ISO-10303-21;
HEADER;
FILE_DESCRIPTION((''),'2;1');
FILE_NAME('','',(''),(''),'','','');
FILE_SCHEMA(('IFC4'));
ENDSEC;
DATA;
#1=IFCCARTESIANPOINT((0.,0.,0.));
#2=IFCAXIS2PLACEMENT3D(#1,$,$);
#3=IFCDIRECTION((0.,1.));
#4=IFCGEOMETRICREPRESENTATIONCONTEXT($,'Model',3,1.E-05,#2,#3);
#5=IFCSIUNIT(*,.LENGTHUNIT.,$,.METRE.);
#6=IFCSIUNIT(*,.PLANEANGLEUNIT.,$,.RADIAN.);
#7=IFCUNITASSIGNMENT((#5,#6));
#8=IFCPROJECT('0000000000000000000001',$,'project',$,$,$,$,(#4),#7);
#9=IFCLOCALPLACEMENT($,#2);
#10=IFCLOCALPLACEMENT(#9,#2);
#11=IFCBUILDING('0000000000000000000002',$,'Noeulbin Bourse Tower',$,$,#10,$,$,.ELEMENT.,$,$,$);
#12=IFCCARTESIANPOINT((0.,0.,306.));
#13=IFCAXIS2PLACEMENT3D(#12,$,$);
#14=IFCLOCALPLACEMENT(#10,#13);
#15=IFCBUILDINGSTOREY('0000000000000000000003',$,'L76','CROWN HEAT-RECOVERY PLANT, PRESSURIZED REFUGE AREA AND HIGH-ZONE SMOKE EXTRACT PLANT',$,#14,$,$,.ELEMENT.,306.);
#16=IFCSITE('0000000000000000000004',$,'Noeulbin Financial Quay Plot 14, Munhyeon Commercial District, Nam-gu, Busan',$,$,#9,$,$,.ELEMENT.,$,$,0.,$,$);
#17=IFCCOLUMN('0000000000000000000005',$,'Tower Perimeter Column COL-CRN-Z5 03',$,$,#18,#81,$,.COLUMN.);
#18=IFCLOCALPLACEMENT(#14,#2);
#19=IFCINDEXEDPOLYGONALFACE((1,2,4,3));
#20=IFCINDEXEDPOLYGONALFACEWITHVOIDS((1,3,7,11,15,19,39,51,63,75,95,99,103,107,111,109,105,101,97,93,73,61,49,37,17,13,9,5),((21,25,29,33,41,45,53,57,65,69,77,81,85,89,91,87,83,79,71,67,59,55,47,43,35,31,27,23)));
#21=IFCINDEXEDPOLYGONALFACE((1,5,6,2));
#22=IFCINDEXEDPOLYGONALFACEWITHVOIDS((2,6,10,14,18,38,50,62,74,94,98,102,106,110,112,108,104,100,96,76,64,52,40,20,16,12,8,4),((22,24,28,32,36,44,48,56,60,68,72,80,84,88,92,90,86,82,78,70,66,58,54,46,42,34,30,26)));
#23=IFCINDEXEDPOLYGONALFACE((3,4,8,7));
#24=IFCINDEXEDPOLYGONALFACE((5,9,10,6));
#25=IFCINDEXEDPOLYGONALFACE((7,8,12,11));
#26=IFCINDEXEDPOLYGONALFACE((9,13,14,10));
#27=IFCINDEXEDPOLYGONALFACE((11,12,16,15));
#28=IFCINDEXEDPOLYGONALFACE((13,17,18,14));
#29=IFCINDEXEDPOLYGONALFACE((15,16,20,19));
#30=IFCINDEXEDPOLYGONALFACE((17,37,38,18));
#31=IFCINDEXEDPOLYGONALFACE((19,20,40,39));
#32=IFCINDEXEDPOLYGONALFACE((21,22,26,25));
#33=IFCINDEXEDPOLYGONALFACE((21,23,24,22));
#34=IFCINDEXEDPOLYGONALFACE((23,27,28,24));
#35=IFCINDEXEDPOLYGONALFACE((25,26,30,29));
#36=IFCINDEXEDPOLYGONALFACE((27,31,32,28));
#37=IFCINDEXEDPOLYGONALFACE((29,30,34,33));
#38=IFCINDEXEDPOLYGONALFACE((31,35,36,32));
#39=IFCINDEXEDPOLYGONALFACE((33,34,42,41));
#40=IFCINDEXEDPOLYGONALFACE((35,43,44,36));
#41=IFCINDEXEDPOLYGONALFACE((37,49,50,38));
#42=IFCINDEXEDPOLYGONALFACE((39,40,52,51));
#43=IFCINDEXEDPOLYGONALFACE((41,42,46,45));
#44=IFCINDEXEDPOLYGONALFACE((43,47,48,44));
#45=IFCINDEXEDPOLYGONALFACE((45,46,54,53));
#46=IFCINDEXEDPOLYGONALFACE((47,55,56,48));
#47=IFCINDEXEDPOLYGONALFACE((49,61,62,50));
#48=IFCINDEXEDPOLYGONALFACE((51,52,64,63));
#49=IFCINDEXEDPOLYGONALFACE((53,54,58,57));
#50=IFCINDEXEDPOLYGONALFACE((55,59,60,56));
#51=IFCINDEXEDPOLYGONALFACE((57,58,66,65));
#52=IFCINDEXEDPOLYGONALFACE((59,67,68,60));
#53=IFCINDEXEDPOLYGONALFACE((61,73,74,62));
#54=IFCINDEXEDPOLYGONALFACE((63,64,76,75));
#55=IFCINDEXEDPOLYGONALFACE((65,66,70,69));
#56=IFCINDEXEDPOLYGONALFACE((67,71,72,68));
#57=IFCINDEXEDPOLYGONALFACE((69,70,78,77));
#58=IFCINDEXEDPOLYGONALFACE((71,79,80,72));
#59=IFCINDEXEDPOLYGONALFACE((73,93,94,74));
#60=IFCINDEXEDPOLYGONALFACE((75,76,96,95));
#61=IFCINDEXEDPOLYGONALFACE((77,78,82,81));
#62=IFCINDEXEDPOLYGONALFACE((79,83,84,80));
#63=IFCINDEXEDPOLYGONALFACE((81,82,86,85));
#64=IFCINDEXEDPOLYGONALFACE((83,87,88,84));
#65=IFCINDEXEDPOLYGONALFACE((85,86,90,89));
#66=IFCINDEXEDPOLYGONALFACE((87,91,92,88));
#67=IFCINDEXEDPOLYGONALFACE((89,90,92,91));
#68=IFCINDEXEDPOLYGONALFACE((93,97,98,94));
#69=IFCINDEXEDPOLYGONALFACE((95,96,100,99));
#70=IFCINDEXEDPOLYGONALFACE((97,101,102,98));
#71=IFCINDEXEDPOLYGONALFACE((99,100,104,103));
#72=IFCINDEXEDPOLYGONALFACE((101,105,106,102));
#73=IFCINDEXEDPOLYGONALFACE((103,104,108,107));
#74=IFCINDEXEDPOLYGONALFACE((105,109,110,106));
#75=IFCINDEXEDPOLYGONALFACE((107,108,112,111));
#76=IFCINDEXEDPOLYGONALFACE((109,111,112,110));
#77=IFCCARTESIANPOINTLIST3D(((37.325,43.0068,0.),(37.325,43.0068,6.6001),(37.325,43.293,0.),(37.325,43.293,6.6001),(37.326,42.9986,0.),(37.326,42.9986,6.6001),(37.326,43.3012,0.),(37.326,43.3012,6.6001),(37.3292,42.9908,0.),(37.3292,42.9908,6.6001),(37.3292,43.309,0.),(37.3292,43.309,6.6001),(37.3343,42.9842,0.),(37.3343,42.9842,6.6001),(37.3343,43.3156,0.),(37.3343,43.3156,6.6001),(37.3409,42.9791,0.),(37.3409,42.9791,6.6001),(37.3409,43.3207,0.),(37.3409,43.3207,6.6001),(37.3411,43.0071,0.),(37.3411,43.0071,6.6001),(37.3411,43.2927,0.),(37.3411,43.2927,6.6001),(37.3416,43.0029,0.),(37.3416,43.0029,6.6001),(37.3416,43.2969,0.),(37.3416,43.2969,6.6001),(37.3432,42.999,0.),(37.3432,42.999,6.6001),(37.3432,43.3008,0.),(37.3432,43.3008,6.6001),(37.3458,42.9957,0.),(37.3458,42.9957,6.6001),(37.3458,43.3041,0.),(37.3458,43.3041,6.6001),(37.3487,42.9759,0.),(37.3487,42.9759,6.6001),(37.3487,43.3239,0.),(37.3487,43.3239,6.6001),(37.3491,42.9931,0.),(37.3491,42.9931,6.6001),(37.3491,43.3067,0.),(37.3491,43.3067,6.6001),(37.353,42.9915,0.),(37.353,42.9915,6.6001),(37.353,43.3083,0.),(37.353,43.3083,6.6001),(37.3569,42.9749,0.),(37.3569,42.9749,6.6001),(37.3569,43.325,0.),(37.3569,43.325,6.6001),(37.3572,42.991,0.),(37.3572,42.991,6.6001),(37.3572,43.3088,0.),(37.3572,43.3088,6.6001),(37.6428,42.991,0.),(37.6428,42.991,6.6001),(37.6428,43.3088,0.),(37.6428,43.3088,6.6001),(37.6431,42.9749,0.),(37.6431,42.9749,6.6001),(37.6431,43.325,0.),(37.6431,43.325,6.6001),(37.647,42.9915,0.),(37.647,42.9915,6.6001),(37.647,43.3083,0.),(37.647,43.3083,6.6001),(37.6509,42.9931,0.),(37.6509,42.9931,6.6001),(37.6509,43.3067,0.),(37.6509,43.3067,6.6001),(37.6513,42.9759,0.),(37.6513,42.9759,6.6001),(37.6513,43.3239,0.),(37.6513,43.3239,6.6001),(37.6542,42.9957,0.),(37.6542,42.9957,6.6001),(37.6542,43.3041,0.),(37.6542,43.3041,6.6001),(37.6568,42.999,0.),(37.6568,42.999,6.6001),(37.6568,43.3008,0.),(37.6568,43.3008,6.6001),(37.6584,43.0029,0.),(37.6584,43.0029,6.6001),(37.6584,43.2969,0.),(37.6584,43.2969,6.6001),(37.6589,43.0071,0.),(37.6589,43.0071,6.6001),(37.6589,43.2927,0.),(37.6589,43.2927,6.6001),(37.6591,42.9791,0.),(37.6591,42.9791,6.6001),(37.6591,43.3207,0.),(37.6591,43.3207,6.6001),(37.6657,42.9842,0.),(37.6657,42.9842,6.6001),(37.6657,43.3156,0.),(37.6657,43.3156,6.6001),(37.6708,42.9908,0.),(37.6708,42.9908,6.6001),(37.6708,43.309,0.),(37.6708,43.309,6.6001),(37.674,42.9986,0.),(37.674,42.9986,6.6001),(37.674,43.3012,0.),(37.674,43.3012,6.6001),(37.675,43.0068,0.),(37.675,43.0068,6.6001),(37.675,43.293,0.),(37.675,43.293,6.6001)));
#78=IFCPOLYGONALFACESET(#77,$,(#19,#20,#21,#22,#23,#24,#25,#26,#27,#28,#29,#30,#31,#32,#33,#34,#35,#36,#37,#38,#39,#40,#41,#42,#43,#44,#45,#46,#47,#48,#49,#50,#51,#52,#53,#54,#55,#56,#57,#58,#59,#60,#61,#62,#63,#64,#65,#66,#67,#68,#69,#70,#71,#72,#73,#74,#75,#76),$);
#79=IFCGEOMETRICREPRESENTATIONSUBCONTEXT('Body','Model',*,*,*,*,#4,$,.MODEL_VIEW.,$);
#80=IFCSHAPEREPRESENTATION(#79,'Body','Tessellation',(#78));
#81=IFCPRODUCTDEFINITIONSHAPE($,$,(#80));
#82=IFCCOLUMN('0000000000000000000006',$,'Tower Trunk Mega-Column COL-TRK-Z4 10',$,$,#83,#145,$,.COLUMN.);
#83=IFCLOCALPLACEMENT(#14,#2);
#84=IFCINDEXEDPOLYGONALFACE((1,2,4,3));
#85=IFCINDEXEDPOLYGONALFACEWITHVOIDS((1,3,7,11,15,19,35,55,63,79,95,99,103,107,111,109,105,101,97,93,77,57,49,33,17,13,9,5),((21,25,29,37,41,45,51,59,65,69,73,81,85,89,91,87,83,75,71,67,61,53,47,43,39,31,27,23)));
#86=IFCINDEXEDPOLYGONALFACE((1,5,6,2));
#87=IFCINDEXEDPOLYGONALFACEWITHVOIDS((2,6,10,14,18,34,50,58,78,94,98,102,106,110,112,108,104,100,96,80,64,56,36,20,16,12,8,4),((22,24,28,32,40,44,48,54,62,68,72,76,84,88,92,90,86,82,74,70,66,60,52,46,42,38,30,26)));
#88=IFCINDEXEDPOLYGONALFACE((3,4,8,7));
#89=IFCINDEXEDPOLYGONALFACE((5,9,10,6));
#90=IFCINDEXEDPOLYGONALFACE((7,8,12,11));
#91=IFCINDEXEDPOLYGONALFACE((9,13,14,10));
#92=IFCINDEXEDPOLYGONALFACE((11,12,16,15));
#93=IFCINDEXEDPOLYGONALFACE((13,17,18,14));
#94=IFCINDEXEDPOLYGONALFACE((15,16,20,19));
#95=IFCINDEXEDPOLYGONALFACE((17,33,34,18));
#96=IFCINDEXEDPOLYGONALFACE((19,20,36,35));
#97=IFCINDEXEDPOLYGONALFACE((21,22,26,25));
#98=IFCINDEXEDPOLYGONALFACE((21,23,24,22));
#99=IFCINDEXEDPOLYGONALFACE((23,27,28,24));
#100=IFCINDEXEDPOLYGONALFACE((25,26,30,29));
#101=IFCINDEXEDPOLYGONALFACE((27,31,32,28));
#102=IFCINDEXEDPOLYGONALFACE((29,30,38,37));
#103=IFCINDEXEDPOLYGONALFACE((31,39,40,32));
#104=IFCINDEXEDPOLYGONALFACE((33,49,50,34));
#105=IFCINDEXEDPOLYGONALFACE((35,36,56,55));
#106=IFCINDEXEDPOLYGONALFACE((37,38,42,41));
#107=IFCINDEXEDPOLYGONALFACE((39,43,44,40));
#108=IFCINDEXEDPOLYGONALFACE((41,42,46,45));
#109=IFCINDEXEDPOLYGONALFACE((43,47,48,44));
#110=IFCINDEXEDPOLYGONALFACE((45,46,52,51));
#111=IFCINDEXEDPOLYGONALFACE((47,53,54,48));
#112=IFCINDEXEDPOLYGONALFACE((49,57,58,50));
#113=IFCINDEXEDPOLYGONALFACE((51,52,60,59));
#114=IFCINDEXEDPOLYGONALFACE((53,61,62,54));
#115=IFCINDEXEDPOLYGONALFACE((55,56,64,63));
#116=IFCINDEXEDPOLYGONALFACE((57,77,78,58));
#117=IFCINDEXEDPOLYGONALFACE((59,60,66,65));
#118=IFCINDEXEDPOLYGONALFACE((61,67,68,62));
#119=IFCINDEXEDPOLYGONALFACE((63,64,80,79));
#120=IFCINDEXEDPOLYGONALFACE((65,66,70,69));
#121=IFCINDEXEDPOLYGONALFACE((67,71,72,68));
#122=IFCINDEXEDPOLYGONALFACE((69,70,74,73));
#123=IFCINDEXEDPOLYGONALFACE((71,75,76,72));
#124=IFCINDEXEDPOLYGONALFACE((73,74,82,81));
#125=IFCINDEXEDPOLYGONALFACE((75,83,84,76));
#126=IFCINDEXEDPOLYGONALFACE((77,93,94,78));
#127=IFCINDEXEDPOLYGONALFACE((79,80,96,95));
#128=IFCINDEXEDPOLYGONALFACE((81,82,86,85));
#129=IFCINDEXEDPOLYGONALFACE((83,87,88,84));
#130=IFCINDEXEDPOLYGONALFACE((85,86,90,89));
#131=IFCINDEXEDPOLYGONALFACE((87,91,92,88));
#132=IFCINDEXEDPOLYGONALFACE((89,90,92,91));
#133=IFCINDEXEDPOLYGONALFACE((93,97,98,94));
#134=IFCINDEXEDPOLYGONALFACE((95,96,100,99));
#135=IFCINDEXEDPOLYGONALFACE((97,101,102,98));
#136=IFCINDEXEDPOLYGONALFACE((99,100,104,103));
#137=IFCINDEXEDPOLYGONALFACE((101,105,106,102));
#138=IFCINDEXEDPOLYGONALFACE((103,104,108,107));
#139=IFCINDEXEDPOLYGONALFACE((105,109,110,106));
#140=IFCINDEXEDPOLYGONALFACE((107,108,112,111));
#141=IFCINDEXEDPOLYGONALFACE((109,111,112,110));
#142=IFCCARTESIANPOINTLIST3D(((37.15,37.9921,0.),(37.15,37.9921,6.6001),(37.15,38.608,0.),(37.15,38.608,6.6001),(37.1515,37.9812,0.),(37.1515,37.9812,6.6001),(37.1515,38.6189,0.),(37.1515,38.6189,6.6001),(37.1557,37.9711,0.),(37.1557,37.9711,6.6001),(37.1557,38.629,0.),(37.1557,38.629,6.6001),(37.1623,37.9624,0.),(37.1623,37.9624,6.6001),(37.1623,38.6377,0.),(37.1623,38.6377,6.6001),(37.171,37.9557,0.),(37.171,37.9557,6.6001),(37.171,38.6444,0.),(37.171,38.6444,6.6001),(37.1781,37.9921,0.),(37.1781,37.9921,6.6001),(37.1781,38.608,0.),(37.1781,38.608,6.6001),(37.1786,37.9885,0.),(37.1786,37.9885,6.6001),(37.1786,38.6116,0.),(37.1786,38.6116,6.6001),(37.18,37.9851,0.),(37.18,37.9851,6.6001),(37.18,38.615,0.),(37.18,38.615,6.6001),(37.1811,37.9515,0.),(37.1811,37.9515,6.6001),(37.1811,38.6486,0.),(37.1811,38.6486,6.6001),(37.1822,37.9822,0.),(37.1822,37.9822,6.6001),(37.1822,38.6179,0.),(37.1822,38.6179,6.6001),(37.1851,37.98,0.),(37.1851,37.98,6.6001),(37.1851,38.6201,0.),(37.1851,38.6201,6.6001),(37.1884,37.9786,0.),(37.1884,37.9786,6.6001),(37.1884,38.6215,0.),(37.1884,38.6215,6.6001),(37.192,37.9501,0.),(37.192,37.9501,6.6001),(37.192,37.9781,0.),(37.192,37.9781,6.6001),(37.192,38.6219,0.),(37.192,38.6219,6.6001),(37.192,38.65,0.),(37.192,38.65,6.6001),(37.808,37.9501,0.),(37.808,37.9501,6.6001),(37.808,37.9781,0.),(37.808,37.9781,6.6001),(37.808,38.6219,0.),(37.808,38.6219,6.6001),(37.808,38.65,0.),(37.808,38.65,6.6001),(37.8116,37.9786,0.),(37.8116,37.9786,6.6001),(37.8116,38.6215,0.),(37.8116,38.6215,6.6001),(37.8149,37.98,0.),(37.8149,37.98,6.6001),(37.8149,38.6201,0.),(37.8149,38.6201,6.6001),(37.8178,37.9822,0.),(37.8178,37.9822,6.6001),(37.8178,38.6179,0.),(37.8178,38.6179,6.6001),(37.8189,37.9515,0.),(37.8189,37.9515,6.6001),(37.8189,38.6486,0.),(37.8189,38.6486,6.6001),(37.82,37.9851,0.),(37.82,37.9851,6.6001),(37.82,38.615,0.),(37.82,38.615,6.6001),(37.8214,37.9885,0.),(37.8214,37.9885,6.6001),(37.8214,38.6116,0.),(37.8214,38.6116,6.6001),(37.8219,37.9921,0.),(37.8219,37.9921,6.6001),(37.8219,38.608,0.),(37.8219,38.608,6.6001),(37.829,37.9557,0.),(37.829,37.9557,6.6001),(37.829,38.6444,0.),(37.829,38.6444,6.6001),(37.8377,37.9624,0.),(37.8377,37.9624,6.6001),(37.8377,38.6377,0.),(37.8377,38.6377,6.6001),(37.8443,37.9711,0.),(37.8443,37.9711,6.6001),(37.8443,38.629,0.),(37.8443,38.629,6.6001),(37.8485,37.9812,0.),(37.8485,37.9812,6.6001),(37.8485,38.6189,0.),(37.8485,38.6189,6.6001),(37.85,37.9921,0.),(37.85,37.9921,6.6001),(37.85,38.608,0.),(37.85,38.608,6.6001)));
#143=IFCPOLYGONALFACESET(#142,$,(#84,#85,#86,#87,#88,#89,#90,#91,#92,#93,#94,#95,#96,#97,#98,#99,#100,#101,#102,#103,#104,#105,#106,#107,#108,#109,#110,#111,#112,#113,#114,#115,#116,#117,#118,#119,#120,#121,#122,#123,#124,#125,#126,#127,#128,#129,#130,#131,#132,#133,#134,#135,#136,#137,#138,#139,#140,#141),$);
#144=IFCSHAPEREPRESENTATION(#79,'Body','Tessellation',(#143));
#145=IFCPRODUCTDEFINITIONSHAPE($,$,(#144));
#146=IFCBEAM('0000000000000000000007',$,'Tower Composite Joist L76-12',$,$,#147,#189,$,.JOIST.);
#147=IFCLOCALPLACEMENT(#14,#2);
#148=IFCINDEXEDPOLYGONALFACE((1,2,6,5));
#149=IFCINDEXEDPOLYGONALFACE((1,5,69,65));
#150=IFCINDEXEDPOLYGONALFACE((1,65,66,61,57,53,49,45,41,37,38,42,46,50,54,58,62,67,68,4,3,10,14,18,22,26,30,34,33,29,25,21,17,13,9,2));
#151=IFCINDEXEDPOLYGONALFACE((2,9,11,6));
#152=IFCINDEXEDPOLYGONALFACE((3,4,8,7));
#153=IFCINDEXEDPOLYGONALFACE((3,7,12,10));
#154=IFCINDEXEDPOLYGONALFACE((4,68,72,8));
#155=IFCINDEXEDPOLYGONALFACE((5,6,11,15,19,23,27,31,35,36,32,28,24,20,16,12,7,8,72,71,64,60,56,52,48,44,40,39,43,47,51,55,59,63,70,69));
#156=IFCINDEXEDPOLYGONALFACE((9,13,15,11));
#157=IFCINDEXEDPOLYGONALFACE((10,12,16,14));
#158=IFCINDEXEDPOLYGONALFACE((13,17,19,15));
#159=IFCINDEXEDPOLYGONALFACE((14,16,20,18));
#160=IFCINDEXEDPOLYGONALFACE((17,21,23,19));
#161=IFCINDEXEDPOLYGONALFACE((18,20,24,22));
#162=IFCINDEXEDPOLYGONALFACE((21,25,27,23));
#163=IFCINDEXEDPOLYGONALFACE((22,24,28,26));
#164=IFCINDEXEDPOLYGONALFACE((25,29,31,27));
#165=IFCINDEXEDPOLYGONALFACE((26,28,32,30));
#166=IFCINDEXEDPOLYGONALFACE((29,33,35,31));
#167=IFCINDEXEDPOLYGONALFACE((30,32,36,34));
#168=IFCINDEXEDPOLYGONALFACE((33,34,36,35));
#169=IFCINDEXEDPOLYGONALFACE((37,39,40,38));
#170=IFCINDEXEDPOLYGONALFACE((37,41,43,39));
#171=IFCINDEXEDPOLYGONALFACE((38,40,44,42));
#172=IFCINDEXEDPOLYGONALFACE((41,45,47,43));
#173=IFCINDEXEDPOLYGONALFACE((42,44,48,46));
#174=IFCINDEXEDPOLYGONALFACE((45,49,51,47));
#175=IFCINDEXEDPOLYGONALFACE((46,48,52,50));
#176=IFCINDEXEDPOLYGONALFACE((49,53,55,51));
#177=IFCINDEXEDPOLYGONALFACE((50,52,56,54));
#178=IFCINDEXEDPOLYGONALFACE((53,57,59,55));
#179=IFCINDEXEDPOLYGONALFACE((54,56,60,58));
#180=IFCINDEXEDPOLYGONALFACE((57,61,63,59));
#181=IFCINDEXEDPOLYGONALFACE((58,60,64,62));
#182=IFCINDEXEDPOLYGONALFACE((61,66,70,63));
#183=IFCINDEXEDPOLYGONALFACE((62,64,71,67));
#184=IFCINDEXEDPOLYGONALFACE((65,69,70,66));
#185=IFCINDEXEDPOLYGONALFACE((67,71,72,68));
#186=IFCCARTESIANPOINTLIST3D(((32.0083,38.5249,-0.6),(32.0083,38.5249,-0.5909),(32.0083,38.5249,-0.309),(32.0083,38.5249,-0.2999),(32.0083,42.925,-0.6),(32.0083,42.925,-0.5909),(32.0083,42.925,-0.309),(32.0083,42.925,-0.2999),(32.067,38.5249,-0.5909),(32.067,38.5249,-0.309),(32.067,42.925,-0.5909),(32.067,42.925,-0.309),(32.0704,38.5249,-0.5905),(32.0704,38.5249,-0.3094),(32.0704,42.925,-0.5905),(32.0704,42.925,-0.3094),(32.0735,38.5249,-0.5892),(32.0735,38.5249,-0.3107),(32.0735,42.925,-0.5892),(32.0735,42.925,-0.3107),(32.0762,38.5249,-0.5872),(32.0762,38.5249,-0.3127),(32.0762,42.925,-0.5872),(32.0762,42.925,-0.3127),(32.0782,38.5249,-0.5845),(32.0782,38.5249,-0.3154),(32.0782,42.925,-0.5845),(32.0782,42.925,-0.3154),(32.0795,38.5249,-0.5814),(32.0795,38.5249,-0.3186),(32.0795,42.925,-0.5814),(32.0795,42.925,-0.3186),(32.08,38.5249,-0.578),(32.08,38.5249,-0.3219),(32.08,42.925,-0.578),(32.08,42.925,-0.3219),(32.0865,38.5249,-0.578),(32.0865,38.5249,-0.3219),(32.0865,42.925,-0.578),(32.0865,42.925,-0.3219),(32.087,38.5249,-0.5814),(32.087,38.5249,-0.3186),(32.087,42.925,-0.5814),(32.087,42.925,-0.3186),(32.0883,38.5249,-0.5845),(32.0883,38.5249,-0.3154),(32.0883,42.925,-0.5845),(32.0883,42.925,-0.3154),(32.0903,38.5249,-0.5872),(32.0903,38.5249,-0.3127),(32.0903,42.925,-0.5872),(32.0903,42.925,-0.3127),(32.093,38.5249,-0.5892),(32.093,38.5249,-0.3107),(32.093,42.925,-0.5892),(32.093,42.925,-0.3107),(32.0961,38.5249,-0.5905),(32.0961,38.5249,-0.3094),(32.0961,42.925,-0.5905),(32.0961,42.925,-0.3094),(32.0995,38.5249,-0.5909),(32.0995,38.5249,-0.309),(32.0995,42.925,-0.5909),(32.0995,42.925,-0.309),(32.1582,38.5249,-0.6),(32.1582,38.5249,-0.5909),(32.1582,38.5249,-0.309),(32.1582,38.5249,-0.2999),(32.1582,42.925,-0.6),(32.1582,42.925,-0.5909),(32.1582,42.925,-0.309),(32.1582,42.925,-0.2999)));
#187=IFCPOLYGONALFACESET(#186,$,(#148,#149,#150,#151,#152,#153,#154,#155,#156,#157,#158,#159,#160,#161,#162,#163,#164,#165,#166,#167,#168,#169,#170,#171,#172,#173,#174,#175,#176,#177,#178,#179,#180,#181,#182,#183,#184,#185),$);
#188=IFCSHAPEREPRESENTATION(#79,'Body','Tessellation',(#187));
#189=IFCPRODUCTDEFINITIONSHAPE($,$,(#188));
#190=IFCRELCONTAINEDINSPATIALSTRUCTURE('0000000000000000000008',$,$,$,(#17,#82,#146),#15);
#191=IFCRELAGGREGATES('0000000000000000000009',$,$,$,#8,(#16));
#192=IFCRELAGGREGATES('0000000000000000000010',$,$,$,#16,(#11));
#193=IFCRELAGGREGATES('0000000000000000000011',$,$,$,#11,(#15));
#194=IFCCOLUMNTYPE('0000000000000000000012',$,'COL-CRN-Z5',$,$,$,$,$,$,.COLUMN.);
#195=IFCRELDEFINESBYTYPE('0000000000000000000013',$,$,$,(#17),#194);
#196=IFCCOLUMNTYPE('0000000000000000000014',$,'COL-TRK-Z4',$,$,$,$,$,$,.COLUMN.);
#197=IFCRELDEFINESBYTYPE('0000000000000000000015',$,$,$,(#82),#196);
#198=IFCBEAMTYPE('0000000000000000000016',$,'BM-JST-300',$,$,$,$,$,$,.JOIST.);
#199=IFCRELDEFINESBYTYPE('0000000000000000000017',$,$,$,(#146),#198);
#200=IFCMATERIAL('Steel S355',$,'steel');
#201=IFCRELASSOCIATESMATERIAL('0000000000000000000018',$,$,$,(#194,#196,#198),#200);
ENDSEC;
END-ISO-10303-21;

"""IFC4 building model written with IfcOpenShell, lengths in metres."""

from ifc_helpers import new_model, si_unit, direction, frame, origin, origin_2d, place, context, subcontext, project, spatial, hollow_rectangle, i_section, extrude, material, material_profile, profile_set, type_object, element, save


model = new_model("IFC4")

# Units and contexts
model_context = context("Model", 3, precision=1e-05, world=origin(), true_north=direction((0.0, 1.0)))
body_context = subcontext(model_context, "Body", "Model", "MODEL_VIEW")
ifc_project = project(units=[si_unit("LENGTHUNIT", "METRE"), si_unit("PLANEANGLEUNIT", "RADIAN")], contexts=[model_context])

# Site, building, storey
site_placement = place(None, origin())
site = spatial("IfcSite", under=ifc_project, at=site_placement, Name="Noeulbin Financial Quay Plot 14, Munhyeon Commercial District, Nam-gu, Busan", CompositionType="ELEMENT", RefElevation=0.0)
building_placement = place(site_placement, origin())
building = spatial("IfcBuilding", under=site, at=building_placement, Name="Noeulbin Bourse Tower", CompositionType="ELEMENT")
storey_placement = place(building_placement, frame((0.0, 0.0, 306.0)))
storey = spatial("IfcBuildingStorey", under=building, at=storey_placement, Name="L76", Description="CROWN HEAT-RECOVERY PLANT, PRESSURIZED REFUGE AREA AND HIGH-ZONE SMOKE EXTRACT PLANT", CompositionType="ELEMENT", Elevation=306.0)

# Columns
ifc_material_1 = material(Name="Steel S355", Category="steel")
ifc_material_profile_1 = material_profile(ifc_material_1, hollow_rectangle(XDim=0.3501, YDim=0.3501, WallThickness=0.0161, InnerFilletRadius=0.0161, OuterFilletRadius=0.032, at=origin_2d()), Name="SHS-350x350x16", Category="LoadBearing")
ifc_profile_set_1 = profile_set([ifc_material_profile_1], Name="Steel S355")
column_type_1 = type_object("IfcColumnType", Name="COL-CRN-Z5", PredefinedType="COLUMN", material=ifc_profile_set_1)
column_1_placement = place(storey_placement, frame((37.5, 43.1499, 0.0), z_axis=(0.0, 0.0, 1.0), x_axis=(1.0, 0.0, 0.0)))
element("IfcColumn", 1, at=column_1_placement, inside=storey, type_object=column_type_1, Name="Tower Perimeter Column COL-CRN-Z5 03", PredefinedType="COLUMN", context=body_context, shape_type="SweptSolid", body=[
    extrude(hollow_rectangle(XDim=0.3501, YDim=0.3501, WallThickness=0.0161, InnerFilletRadius=0.0161, OuterFilletRadius=0.032, at=origin_2d()), origin(), (0.0, 0.0, 1.0), 6.6001),
])
ifc_material_profile_2 = material_profile(ifc_material_1, hollow_rectangle(XDim=0.7, YDim=0.7, WallThickness=0.0281, InnerFilletRadius=0.0139, OuterFilletRadius=0.042, at=origin_2d()), Name="BOX-700x700x28", Category="LoadBearing")
ifc_profile_set_2 = profile_set([ifc_material_profile_2], Name="Steel S355")
column_type_2 = type_object("IfcColumnType", Name="COL-TRK-Z4", PredefinedType="COLUMN", material=ifc_profile_set_2)
column_2_placement = place(storey_placement, frame((37.5, 38.3, 0.0), z_axis=(0.0, 0.0, 1.0), x_axis=(1.0, 0.0, 0.0)))
element("IfcColumn", 2, at=column_2_placement, inside=storey, type_object=column_type_2, Name="Tower Trunk Mega-Column COL-TRK-Z4 10", PredefinedType="COLUMN", context=body_context, shape_type="SweptSolid", body=[
    extrude(hollow_rectangle(XDim=0.7, YDim=0.7, WallThickness=0.0281, InnerFilletRadius=0.0139, OuterFilletRadius=0.042, at=origin_2d()), origin(), (0.0, 0.0, 1.0), 6.6001),
])

# Beam
ifc_material_profile_3 = material_profile(ifc_material_1, i_section(OverallWidth=0.1499, OverallDepth=0.3, WebThickness=0.0066, FlangeThickness=0.009, FilletRadius=0.0129, at=origin_2d()), Name="H-300x150x6.5x9", Category="LoadBearing")
ifc_profile_set_3 = profile_set([ifc_material_profile_3], Name="Steel S355")
beam_type_1 = type_object("IfcBeamType", Name="BM-JST-300", PredefinedType="JOIST", material=ifc_profile_set_3)
for number, where, z_axis, x_axis, name in (
    (3, (32.0833, 38.5249, -0.45), (0.0, 1.0, 0.0), (-1.0, 0.0, 0.0), "Tower Composite Joist L76-12"),
):
    element("IfcBeam", number, at=place(storey_placement, frame(where, z_axis=z_axis, x_axis=x_axis)), inside=storey, type_object=beam_type_1, Name=name, PredefinedType="JOIST", context=body_context, shape_type="SweptSolid", body=[
        extrude(i_section(OverallWidth=0.1499, OverallDepth=0.3, WebThickness=0.0066, FlangeThickness=0.009, FilletRadius=0.0129, at=origin_2d()), origin(), (0.0, 0.0, 1.0), 4.4001),
    ])

save(model, "model.ifc")
